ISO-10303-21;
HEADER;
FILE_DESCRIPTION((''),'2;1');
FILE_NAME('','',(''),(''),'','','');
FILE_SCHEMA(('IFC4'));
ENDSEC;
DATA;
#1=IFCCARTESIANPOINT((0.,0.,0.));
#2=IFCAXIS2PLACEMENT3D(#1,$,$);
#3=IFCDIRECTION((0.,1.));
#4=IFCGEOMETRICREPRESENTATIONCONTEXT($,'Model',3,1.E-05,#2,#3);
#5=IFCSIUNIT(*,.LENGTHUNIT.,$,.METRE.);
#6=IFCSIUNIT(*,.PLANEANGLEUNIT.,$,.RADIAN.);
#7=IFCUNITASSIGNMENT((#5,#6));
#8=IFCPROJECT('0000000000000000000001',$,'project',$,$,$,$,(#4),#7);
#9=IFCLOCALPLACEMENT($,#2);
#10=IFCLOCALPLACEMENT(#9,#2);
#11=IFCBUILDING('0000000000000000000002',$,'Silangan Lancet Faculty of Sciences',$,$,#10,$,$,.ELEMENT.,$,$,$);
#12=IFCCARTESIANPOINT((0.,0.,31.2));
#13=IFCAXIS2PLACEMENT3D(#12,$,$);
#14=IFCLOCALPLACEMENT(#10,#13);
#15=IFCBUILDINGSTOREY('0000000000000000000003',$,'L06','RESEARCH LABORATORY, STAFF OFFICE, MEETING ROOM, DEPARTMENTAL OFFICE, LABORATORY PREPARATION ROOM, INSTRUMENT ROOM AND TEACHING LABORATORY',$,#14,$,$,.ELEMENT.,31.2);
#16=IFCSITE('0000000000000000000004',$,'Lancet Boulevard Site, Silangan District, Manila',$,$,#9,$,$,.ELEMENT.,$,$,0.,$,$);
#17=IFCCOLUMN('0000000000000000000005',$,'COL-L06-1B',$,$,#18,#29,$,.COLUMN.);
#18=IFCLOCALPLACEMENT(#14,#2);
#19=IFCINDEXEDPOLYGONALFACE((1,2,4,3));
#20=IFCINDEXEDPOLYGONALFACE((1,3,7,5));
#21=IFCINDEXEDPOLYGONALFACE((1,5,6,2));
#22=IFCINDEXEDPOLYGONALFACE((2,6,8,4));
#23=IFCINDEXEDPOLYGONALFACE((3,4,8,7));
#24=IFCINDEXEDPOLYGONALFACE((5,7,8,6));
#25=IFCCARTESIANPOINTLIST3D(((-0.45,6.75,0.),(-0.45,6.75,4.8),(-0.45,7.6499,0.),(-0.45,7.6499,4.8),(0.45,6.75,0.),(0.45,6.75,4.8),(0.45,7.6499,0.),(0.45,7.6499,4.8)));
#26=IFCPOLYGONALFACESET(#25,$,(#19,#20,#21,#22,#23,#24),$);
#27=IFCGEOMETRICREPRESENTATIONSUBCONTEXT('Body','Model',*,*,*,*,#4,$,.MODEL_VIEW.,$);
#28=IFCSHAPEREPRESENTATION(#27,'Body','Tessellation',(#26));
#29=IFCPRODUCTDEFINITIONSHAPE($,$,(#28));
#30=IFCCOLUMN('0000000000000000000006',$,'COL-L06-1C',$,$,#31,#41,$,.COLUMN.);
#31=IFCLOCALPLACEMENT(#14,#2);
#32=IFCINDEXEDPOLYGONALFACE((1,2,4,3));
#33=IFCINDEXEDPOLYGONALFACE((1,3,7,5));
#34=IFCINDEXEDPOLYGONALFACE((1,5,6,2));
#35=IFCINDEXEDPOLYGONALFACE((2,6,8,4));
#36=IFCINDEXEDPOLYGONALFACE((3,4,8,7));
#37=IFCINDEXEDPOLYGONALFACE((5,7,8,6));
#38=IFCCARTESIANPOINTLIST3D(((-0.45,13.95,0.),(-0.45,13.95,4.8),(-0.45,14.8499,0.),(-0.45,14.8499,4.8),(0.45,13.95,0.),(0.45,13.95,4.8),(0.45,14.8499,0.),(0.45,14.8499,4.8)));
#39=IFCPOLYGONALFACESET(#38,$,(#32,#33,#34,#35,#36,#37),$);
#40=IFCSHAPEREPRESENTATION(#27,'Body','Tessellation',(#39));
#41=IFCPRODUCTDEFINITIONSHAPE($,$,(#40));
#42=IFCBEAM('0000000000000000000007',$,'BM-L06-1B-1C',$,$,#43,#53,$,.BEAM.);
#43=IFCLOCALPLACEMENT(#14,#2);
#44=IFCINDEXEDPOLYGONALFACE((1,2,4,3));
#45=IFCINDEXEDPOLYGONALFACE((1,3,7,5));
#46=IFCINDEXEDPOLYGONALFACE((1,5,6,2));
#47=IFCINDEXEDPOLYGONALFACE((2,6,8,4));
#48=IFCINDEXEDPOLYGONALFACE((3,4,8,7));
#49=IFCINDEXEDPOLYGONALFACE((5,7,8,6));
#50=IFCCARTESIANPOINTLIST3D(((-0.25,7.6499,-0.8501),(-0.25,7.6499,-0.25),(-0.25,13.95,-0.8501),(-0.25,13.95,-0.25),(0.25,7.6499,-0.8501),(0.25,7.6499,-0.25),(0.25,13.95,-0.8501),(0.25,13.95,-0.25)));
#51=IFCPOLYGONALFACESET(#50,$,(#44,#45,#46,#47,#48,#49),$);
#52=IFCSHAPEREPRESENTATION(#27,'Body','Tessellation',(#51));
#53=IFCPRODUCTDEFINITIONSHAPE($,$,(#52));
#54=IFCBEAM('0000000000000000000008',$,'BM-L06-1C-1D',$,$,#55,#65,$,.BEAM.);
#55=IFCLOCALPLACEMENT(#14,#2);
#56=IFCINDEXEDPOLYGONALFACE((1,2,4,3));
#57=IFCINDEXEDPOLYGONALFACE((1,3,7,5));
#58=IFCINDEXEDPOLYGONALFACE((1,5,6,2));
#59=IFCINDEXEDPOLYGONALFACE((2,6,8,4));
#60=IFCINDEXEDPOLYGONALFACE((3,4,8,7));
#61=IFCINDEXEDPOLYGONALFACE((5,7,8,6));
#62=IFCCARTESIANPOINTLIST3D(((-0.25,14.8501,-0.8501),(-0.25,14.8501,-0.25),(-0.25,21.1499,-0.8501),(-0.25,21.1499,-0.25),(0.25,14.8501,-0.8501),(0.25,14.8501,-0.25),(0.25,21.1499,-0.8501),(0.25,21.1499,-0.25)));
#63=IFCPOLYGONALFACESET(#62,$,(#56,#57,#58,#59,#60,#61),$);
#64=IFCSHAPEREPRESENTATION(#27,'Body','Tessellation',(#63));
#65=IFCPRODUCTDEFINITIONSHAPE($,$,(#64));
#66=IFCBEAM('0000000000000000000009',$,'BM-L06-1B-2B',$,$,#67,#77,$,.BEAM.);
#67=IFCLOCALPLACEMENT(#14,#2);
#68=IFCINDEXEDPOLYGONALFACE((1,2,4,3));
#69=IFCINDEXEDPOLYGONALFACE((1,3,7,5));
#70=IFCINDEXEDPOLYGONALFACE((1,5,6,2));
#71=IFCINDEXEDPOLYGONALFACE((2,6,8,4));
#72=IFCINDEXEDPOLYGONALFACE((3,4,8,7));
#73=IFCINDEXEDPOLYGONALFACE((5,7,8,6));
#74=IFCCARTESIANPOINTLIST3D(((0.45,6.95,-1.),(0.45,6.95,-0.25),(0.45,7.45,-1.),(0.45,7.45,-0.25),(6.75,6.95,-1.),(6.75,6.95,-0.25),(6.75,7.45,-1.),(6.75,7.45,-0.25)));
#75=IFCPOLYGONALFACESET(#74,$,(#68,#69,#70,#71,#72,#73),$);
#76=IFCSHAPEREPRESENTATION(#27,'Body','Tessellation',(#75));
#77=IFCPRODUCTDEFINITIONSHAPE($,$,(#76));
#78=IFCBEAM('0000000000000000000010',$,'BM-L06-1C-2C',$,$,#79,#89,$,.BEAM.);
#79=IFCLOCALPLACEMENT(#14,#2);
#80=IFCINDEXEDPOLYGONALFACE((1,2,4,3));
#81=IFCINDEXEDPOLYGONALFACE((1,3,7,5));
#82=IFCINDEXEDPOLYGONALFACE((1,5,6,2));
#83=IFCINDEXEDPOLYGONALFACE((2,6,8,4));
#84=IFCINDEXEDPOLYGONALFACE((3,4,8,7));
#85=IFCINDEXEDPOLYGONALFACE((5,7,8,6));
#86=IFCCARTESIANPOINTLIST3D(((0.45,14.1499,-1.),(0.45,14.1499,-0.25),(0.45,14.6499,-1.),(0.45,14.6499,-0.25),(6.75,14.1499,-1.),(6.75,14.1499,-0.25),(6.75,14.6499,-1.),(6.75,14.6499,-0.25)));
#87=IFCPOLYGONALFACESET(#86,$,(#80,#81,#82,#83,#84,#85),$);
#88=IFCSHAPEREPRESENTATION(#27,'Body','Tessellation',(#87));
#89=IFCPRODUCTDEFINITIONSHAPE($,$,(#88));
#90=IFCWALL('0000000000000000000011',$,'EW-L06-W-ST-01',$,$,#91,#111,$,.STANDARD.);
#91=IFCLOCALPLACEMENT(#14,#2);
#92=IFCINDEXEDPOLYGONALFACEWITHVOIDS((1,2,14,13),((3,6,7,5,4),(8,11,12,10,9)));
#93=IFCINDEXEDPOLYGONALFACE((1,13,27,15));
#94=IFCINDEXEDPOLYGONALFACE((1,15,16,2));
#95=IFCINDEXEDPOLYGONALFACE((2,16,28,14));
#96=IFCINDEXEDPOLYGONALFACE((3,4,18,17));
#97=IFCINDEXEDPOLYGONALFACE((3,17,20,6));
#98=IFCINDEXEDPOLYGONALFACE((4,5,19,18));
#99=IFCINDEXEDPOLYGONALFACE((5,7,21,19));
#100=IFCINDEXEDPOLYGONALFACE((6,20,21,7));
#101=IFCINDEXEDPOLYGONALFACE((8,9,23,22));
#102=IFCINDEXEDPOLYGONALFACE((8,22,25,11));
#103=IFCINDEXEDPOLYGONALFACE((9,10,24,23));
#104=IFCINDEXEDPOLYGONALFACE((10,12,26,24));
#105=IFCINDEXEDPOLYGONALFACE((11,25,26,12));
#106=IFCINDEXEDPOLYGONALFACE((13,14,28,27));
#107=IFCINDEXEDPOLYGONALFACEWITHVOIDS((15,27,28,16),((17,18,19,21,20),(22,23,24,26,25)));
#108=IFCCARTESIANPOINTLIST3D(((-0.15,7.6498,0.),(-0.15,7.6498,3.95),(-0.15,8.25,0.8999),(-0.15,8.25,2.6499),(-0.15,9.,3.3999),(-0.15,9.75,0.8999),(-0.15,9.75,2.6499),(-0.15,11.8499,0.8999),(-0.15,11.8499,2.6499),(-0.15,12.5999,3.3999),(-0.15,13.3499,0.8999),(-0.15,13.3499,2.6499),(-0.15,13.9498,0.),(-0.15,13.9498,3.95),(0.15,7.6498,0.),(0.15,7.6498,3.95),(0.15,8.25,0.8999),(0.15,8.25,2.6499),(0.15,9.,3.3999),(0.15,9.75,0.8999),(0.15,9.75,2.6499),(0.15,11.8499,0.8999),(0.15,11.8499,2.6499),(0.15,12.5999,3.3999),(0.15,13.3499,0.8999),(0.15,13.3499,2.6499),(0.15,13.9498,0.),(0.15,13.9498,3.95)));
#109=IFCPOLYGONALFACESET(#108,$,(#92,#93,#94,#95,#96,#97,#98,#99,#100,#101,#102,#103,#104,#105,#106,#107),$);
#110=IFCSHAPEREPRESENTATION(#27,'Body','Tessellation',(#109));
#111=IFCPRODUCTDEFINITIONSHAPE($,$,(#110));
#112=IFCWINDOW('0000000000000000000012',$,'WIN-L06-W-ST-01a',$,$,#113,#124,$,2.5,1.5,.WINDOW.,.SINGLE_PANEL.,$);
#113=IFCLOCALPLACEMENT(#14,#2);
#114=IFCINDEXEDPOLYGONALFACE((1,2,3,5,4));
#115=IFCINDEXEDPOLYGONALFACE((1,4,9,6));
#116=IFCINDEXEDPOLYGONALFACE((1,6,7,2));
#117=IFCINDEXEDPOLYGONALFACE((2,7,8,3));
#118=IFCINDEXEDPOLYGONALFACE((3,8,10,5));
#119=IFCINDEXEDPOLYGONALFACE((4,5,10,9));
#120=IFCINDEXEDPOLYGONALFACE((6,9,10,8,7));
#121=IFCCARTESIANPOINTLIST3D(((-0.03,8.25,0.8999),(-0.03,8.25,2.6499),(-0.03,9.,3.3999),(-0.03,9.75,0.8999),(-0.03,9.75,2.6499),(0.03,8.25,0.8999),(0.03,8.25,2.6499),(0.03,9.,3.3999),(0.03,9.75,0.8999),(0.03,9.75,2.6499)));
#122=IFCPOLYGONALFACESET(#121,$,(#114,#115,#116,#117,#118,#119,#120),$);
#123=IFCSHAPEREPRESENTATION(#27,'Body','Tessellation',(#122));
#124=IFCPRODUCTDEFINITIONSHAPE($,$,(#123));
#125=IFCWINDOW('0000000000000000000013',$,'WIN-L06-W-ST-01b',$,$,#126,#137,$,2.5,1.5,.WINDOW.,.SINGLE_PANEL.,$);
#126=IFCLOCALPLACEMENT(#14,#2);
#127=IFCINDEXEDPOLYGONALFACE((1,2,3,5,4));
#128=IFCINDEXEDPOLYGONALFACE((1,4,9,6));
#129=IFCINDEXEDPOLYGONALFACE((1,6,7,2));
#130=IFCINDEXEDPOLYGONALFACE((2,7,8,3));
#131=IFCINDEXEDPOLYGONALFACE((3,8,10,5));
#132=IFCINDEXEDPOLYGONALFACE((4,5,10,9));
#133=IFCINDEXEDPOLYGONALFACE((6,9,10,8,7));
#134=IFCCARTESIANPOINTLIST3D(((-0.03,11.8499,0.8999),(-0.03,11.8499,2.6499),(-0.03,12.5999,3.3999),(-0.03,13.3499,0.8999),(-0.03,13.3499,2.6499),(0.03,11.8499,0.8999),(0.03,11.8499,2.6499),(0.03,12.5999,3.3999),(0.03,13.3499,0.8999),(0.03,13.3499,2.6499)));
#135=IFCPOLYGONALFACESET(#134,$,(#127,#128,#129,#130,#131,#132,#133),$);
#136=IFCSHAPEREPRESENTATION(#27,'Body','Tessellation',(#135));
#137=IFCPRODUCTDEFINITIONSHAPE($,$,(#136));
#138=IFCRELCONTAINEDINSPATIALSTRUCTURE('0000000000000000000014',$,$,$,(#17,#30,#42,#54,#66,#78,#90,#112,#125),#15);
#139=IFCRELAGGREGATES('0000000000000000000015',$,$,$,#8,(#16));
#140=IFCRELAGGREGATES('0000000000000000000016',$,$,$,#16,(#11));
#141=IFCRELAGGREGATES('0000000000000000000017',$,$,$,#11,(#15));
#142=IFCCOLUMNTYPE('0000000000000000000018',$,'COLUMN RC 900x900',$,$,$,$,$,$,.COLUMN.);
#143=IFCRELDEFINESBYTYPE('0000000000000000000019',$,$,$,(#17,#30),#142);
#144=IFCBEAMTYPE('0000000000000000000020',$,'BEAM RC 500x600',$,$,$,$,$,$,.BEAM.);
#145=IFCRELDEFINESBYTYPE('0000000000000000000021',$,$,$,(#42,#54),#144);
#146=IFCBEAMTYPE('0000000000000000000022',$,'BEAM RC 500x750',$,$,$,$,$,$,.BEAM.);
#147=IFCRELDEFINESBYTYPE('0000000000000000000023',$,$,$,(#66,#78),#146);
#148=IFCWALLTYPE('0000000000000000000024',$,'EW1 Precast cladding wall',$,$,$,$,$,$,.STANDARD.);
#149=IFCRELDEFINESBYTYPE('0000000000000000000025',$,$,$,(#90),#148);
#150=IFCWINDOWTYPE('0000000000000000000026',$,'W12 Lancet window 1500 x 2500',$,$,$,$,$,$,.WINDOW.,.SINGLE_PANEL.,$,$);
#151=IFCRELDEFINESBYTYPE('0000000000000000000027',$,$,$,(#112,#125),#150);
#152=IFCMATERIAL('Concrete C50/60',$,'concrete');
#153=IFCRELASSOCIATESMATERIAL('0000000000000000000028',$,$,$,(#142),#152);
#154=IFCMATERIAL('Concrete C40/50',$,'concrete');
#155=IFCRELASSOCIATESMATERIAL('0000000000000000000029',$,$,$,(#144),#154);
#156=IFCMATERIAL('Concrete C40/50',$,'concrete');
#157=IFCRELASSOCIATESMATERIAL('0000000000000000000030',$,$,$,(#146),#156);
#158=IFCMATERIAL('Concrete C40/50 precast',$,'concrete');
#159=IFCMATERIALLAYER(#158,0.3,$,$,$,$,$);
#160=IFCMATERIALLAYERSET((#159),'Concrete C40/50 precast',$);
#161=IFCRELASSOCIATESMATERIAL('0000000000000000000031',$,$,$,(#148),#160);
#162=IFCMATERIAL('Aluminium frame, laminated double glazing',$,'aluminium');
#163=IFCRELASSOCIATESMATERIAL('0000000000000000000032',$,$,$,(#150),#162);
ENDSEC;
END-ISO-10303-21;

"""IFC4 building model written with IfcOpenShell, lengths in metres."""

from ifc_helpers import new_model, si_unit, direction, frame, frame_2d, origin, origin_2d, place, context, subcontext, project, spatial, polyline, rectangle, outline, extrude, material, layer, layer_set, material_profile, profile_set, type_object, element, fill, save


model = new_model("IFC4")

# Units and contexts
model_context = context("Model", 3, precision=1e-05, world=origin(), true_north=direction((0.0, 1.0)))
body_context = subcontext(model_context, "Body", "Model", "MODEL_VIEW")
ifc_project = project(units=[si_unit("LENGTHUNIT", "METRE"), si_unit("PLANEANGLEUNIT", "RADIAN")], contexts=[model_context])

# Site, building, storey
site_placement = place(None, origin())
site = spatial("IfcSite", under=ifc_project, at=site_placement, Name="Lancet Boulevard Site, Silangan District, Manila", CompositionType="ELEMENT", RefElevation=0.0)
building_placement = place(site_placement, origin())
building = spatial("IfcBuilding", under=site, at=building_placement, Name="Silangan Lancet Faculty of Sciences", CompositionType="ELEMENT")
storey_placement = place(building_placement, frame((0.0, 0.0, 31.2)))
storey = spatial("IfcBuildingStorey", under=building, at=storey_placement, Name="L06", Description="RESEARCH LABORATORY, STAFF OFFICE, MEETING ROOM, DEPARTMENTAL OFFICE, LABORATORY PREPARATION ROOM, INSTRUMENT ROOM AND TEACHING LABORATORY", CompositionType="ELEMENT", Elevation=31.2)

# Columns
ifc_material_1 = material(Name="Concrete C50/60", Category="concrete")
ifc_material_profile_1 = material_profile(ifc_material_1, rectangle(XDim=0.8999, YDim=0.8999, at=origin_2d()), Name="RC 900x900")
ifc_profile_set_1 = profile_set([ifc_material_profile_1], Name="Concrete C50/60")
column_type = type_object("IfcColumnType", Name="COLUMN RC 900x900", PredefinedType="COLUMN", material=ifc_profile_set_1)
for number, where, z_axis, x_axis, name in (
    (1, (0.0, 7.2, 0.0), (0.0, 0.0, 1.0), (1.0, 0.0, 0.0), "COL-L06-1B"),
    (2, (0.0, 14.3999, 0.0), (0.0, 0.0, 1.0), (1.0, 0.0, 0.0), "COL-L06-1C"),
):
    element("IfcColumn", number, at=place(storey_placement, frame(where, z_axis=z_axis, x_axis=x_axis)), inside=storey, type_object=column_type, Name=name, PredefinedType="COLUMN", context=body_context, shape_type="SweptSolid", body=[
        extrude(rectangle(XDim=0.8999, YDim=0.8999, at=origin_2d()), origin(), (0.0, 0.0, 1.0), 4.8),
    ])

# Beams
ifc_material_2 = material(Name="Concrete C40/50", Category="concrete")
ifc_material_profile_2 = material_profile(ifc_material_2, rectangle(XDim=0.5, YDim=0.6001, at=origin_2d()), Name="RC 500x600")
ifc_profile_set_2 = profile_set([ifc_material_profile_2], Name="Concrete C40/50")
beam_type_1 = type_object("IfcBeamType", Name="BEAM RC 500x600", PredefinedType="BEAM", material=ifc_profile_set_2)
beam_1_placement = place(storey_placement, frame((0.0, 7.6499, -0.55), z_axis=(0.0, 1.0, 0.0), x_axis=(-1.0, 0.0, 0.0)))
element("IfcBeam", 3, at=beam_1_placement, inside=storey, type_object=beam_type_1, Name="BM-L06-1B-1C", PredefinedType="BEAM", context=body_context, shape_type="SweptSolid", body=[
    extrude(rectangle(XDim=0.5, YDim=0.6001, at=origin_2d()), origin(), (0.0, 0.0, 1.0), 6.3),
])
beam_2_placement = place(storey_placement, frame((0.0, 14.8501, -0.55), z_axis=(0.0, 1.0, 0.0), x_axis=(-1.0, 0.0, 0.0)))
element("IfcBeam", 4, at=beam_2_placement, inside=storey, type_object=beam_type_1, Name="BM-L06-1C-1D", PredefinedType="BEAM", context=body_context, shape_type="SweptSolid", body=[
    extrude(rectangle(XDim=0.5, YDim=0.6001, at=origin_2d()), origin(), (0.0, 0.0, 1.0), 6.2998),
])
ifc_material_3 = material(Name="Concrete C40/50", Category="concrete")
ifc_material_profile_3 = material_profile(ifc_material_3, rectangle(XDim=0.5, YDim=0.75, at=origin_2d()), Name="RC 500x750")
ifc_profile_set_3 = profile_set([ifc_material_profile_3], Name="Concrete C40/50")
beam_type_2 = type_object("IfcBeamType", Name="BEAM RC 500x750", PredefinedType="BEAM", material=ifc_profile_set_3)
for number, where, z_axis, x_axis, name in (
    (5, (0.45, 7.2, -0.625), (1.0, 0.0, 0.0), (0.0, 1.0, 0.0), "BM-L06-1B-2B"),
    (6, (0.45, 14.3999, -0.625), (1.0, 0.0, 0.0), (0.0, 1.0, 0.0), "BM-L06-1C-2C"),
):
    element("IfcBeam", number, at=place(storey_placement, frame(where, z_axis=z_axis, x_axis=x_axis)), inside=storey, type_object=beam_type_2, Name=name, PredefinedType="BEAM", context=body_context, shape_type="SweptSolid", body=[
        extrude(rectangle(XDim=0.5, YDim=0.75, at=origin_2d()), origin(), (0.0, 0.0, 1.0), 6.3),
    ])

# Wall, openings, windows
ifc_material_4 = material(Name="Concrete C40/50 precast", Category="concrete")
ifc_layer_1 = layer(ifc_material_4, 0.3)
ifc_layer_set_1 = layer_set([ifc_layer_1], Name="Concrete C40/50 precast")
wall_type_1 = type_object("IfcWallType", Name="EW1 Precast cladding wall", PredefinedType="STANDARD", material=ifc_layer_set_1)
wall_1_placement = place(storey_placement, frame((0.0, 7.6499, 0.0), z_axis=(0.0, 0.0, 1.0), x_axis=(0.0, 1.0, 0.0)))
wall_1 = element("IfcWall", 7, at=wall_1_placement, inside=storey, type_object=wall_type_1, Name="EW-L06-W-ST-01", PredefinedType="STANDARD", context=body_context, shape_type="SweptSolid", body=[
    extrude(rectangle(XDim=6.3, YDim=0.3, at=frame_2d((3.1499, 0.0))), origin(), (0.0, 0.0, 1.0), 3.95),
])
opening_1_placement = place(wall_1_placement, frame((0.6001, 0.0, 0.8999)))
opening_1 = element("IfcOpeningElement", 8, at=opening_1_placement, cuts=wall_1, PredefinedType="OPENING", context=body_context, shape_type="SweptSolid", body=[
    extrude(outline(polyline([(0.0, 0.0), (1.5, 0.0), (1.5, 1.75), (0.75, 2.5), (0.0, 1.75), (0.0, 0.0)])), frame((0.0, 0.1599, 0.0), z_axis=(0.0, -1.0, 0.0), x_axis=(1.0, 0.0, 0.0)), (0.0, 0.0, 1.0), 0.3201),
])
opening_2_placement = place(wall_1_placement, frame((4.2, 0.0, 0.8999)))
opening_2 = element("IfcOpeningElement", 9, at=opening_2_placement, cuts=wall_1, PredefinedType="OPENING", context=body_context, shape_type="SweptSolid", body=[
    extrude(outline(polyline([(0.0, 0.0), (1.5, 0.0), (1.5, 1.75), (0.75, 2.5), (0.0, 1.75), (0.0, 0.0)])), frame((0.0, 0.1599, 0.0), z_axis=(0.0, -1.0, 0.0), x_axis=(1.0, 0.0, 0.0)), (0.0, 0.0, 1.0), 0.3201),
])
ifc_material_5 = material(Name="Aluminium frame, laminated double glazing", Category="aluminium")
window_type_1 = type_object("IfcWindowType", Name="W12 Lancet window 1500 x 2500", PartitioningType="SINGLE_PANEL", PredefinedType="WINDOW", material=ifc_material_5)
window_1_placement = place(opening_1_placement, origin())
window_1 = element("IfcWindow", 10, at=window_1_placement, inside=storey, type_object=window_type_1, Name="WIN-L06-W-ST-01a", OverallHeight=2.5, OverallWidth=1.5, PartitioningType="SINGLE_PANEL", PredefinedType="WINDOW", context=body_context, shape_type="SweptSolid", body=[
    extrude(outline(polyline([(0.0, 0.0), (1.5, 0.0), (1.5, 1.75), (0.75, 2.5), (0.0, 1.75), (0.0, 0.0)])), frame((0.0, 0.03, 0.0), z_axis=(0.0, -1.0, 0.0), x_axis=(1.0, 0.0, 0.0)), (0.0, 0.0, 1.0), 0.0601),
])
fill(opening_1, window_1)
window_2_placement = place(opening_2_placement, origin())
window_2 = element("IfcWindow", 11, at=window_2_placement, inside=storey, type_object=window_type_1, Name="WIN-L06-W-ST-01b", OverallHeight=2.5, OverallWidth=1.5, PartitioningType="SINGLE_PANEL", PredefinedType="WINDOW", context=body_context, shape_type="SweptSolid", body=[
    extrude(outline(polyline([(0.0, 0.0), (1.5, 0.0), (1.5, 1.75), (0.75, 2.5), (0.0, 1.75), (0.0, 0.0)])), frame((0.0, 0.03, 0.0), z_axis=(0.0, -1.0, 0.0), x_axis=(1.0, 0.0, 0.0)), (0.0, 0.0, 1.0), 0.0601),
])
fill(opening_2, window_2)

save(model, "model.ifc")
